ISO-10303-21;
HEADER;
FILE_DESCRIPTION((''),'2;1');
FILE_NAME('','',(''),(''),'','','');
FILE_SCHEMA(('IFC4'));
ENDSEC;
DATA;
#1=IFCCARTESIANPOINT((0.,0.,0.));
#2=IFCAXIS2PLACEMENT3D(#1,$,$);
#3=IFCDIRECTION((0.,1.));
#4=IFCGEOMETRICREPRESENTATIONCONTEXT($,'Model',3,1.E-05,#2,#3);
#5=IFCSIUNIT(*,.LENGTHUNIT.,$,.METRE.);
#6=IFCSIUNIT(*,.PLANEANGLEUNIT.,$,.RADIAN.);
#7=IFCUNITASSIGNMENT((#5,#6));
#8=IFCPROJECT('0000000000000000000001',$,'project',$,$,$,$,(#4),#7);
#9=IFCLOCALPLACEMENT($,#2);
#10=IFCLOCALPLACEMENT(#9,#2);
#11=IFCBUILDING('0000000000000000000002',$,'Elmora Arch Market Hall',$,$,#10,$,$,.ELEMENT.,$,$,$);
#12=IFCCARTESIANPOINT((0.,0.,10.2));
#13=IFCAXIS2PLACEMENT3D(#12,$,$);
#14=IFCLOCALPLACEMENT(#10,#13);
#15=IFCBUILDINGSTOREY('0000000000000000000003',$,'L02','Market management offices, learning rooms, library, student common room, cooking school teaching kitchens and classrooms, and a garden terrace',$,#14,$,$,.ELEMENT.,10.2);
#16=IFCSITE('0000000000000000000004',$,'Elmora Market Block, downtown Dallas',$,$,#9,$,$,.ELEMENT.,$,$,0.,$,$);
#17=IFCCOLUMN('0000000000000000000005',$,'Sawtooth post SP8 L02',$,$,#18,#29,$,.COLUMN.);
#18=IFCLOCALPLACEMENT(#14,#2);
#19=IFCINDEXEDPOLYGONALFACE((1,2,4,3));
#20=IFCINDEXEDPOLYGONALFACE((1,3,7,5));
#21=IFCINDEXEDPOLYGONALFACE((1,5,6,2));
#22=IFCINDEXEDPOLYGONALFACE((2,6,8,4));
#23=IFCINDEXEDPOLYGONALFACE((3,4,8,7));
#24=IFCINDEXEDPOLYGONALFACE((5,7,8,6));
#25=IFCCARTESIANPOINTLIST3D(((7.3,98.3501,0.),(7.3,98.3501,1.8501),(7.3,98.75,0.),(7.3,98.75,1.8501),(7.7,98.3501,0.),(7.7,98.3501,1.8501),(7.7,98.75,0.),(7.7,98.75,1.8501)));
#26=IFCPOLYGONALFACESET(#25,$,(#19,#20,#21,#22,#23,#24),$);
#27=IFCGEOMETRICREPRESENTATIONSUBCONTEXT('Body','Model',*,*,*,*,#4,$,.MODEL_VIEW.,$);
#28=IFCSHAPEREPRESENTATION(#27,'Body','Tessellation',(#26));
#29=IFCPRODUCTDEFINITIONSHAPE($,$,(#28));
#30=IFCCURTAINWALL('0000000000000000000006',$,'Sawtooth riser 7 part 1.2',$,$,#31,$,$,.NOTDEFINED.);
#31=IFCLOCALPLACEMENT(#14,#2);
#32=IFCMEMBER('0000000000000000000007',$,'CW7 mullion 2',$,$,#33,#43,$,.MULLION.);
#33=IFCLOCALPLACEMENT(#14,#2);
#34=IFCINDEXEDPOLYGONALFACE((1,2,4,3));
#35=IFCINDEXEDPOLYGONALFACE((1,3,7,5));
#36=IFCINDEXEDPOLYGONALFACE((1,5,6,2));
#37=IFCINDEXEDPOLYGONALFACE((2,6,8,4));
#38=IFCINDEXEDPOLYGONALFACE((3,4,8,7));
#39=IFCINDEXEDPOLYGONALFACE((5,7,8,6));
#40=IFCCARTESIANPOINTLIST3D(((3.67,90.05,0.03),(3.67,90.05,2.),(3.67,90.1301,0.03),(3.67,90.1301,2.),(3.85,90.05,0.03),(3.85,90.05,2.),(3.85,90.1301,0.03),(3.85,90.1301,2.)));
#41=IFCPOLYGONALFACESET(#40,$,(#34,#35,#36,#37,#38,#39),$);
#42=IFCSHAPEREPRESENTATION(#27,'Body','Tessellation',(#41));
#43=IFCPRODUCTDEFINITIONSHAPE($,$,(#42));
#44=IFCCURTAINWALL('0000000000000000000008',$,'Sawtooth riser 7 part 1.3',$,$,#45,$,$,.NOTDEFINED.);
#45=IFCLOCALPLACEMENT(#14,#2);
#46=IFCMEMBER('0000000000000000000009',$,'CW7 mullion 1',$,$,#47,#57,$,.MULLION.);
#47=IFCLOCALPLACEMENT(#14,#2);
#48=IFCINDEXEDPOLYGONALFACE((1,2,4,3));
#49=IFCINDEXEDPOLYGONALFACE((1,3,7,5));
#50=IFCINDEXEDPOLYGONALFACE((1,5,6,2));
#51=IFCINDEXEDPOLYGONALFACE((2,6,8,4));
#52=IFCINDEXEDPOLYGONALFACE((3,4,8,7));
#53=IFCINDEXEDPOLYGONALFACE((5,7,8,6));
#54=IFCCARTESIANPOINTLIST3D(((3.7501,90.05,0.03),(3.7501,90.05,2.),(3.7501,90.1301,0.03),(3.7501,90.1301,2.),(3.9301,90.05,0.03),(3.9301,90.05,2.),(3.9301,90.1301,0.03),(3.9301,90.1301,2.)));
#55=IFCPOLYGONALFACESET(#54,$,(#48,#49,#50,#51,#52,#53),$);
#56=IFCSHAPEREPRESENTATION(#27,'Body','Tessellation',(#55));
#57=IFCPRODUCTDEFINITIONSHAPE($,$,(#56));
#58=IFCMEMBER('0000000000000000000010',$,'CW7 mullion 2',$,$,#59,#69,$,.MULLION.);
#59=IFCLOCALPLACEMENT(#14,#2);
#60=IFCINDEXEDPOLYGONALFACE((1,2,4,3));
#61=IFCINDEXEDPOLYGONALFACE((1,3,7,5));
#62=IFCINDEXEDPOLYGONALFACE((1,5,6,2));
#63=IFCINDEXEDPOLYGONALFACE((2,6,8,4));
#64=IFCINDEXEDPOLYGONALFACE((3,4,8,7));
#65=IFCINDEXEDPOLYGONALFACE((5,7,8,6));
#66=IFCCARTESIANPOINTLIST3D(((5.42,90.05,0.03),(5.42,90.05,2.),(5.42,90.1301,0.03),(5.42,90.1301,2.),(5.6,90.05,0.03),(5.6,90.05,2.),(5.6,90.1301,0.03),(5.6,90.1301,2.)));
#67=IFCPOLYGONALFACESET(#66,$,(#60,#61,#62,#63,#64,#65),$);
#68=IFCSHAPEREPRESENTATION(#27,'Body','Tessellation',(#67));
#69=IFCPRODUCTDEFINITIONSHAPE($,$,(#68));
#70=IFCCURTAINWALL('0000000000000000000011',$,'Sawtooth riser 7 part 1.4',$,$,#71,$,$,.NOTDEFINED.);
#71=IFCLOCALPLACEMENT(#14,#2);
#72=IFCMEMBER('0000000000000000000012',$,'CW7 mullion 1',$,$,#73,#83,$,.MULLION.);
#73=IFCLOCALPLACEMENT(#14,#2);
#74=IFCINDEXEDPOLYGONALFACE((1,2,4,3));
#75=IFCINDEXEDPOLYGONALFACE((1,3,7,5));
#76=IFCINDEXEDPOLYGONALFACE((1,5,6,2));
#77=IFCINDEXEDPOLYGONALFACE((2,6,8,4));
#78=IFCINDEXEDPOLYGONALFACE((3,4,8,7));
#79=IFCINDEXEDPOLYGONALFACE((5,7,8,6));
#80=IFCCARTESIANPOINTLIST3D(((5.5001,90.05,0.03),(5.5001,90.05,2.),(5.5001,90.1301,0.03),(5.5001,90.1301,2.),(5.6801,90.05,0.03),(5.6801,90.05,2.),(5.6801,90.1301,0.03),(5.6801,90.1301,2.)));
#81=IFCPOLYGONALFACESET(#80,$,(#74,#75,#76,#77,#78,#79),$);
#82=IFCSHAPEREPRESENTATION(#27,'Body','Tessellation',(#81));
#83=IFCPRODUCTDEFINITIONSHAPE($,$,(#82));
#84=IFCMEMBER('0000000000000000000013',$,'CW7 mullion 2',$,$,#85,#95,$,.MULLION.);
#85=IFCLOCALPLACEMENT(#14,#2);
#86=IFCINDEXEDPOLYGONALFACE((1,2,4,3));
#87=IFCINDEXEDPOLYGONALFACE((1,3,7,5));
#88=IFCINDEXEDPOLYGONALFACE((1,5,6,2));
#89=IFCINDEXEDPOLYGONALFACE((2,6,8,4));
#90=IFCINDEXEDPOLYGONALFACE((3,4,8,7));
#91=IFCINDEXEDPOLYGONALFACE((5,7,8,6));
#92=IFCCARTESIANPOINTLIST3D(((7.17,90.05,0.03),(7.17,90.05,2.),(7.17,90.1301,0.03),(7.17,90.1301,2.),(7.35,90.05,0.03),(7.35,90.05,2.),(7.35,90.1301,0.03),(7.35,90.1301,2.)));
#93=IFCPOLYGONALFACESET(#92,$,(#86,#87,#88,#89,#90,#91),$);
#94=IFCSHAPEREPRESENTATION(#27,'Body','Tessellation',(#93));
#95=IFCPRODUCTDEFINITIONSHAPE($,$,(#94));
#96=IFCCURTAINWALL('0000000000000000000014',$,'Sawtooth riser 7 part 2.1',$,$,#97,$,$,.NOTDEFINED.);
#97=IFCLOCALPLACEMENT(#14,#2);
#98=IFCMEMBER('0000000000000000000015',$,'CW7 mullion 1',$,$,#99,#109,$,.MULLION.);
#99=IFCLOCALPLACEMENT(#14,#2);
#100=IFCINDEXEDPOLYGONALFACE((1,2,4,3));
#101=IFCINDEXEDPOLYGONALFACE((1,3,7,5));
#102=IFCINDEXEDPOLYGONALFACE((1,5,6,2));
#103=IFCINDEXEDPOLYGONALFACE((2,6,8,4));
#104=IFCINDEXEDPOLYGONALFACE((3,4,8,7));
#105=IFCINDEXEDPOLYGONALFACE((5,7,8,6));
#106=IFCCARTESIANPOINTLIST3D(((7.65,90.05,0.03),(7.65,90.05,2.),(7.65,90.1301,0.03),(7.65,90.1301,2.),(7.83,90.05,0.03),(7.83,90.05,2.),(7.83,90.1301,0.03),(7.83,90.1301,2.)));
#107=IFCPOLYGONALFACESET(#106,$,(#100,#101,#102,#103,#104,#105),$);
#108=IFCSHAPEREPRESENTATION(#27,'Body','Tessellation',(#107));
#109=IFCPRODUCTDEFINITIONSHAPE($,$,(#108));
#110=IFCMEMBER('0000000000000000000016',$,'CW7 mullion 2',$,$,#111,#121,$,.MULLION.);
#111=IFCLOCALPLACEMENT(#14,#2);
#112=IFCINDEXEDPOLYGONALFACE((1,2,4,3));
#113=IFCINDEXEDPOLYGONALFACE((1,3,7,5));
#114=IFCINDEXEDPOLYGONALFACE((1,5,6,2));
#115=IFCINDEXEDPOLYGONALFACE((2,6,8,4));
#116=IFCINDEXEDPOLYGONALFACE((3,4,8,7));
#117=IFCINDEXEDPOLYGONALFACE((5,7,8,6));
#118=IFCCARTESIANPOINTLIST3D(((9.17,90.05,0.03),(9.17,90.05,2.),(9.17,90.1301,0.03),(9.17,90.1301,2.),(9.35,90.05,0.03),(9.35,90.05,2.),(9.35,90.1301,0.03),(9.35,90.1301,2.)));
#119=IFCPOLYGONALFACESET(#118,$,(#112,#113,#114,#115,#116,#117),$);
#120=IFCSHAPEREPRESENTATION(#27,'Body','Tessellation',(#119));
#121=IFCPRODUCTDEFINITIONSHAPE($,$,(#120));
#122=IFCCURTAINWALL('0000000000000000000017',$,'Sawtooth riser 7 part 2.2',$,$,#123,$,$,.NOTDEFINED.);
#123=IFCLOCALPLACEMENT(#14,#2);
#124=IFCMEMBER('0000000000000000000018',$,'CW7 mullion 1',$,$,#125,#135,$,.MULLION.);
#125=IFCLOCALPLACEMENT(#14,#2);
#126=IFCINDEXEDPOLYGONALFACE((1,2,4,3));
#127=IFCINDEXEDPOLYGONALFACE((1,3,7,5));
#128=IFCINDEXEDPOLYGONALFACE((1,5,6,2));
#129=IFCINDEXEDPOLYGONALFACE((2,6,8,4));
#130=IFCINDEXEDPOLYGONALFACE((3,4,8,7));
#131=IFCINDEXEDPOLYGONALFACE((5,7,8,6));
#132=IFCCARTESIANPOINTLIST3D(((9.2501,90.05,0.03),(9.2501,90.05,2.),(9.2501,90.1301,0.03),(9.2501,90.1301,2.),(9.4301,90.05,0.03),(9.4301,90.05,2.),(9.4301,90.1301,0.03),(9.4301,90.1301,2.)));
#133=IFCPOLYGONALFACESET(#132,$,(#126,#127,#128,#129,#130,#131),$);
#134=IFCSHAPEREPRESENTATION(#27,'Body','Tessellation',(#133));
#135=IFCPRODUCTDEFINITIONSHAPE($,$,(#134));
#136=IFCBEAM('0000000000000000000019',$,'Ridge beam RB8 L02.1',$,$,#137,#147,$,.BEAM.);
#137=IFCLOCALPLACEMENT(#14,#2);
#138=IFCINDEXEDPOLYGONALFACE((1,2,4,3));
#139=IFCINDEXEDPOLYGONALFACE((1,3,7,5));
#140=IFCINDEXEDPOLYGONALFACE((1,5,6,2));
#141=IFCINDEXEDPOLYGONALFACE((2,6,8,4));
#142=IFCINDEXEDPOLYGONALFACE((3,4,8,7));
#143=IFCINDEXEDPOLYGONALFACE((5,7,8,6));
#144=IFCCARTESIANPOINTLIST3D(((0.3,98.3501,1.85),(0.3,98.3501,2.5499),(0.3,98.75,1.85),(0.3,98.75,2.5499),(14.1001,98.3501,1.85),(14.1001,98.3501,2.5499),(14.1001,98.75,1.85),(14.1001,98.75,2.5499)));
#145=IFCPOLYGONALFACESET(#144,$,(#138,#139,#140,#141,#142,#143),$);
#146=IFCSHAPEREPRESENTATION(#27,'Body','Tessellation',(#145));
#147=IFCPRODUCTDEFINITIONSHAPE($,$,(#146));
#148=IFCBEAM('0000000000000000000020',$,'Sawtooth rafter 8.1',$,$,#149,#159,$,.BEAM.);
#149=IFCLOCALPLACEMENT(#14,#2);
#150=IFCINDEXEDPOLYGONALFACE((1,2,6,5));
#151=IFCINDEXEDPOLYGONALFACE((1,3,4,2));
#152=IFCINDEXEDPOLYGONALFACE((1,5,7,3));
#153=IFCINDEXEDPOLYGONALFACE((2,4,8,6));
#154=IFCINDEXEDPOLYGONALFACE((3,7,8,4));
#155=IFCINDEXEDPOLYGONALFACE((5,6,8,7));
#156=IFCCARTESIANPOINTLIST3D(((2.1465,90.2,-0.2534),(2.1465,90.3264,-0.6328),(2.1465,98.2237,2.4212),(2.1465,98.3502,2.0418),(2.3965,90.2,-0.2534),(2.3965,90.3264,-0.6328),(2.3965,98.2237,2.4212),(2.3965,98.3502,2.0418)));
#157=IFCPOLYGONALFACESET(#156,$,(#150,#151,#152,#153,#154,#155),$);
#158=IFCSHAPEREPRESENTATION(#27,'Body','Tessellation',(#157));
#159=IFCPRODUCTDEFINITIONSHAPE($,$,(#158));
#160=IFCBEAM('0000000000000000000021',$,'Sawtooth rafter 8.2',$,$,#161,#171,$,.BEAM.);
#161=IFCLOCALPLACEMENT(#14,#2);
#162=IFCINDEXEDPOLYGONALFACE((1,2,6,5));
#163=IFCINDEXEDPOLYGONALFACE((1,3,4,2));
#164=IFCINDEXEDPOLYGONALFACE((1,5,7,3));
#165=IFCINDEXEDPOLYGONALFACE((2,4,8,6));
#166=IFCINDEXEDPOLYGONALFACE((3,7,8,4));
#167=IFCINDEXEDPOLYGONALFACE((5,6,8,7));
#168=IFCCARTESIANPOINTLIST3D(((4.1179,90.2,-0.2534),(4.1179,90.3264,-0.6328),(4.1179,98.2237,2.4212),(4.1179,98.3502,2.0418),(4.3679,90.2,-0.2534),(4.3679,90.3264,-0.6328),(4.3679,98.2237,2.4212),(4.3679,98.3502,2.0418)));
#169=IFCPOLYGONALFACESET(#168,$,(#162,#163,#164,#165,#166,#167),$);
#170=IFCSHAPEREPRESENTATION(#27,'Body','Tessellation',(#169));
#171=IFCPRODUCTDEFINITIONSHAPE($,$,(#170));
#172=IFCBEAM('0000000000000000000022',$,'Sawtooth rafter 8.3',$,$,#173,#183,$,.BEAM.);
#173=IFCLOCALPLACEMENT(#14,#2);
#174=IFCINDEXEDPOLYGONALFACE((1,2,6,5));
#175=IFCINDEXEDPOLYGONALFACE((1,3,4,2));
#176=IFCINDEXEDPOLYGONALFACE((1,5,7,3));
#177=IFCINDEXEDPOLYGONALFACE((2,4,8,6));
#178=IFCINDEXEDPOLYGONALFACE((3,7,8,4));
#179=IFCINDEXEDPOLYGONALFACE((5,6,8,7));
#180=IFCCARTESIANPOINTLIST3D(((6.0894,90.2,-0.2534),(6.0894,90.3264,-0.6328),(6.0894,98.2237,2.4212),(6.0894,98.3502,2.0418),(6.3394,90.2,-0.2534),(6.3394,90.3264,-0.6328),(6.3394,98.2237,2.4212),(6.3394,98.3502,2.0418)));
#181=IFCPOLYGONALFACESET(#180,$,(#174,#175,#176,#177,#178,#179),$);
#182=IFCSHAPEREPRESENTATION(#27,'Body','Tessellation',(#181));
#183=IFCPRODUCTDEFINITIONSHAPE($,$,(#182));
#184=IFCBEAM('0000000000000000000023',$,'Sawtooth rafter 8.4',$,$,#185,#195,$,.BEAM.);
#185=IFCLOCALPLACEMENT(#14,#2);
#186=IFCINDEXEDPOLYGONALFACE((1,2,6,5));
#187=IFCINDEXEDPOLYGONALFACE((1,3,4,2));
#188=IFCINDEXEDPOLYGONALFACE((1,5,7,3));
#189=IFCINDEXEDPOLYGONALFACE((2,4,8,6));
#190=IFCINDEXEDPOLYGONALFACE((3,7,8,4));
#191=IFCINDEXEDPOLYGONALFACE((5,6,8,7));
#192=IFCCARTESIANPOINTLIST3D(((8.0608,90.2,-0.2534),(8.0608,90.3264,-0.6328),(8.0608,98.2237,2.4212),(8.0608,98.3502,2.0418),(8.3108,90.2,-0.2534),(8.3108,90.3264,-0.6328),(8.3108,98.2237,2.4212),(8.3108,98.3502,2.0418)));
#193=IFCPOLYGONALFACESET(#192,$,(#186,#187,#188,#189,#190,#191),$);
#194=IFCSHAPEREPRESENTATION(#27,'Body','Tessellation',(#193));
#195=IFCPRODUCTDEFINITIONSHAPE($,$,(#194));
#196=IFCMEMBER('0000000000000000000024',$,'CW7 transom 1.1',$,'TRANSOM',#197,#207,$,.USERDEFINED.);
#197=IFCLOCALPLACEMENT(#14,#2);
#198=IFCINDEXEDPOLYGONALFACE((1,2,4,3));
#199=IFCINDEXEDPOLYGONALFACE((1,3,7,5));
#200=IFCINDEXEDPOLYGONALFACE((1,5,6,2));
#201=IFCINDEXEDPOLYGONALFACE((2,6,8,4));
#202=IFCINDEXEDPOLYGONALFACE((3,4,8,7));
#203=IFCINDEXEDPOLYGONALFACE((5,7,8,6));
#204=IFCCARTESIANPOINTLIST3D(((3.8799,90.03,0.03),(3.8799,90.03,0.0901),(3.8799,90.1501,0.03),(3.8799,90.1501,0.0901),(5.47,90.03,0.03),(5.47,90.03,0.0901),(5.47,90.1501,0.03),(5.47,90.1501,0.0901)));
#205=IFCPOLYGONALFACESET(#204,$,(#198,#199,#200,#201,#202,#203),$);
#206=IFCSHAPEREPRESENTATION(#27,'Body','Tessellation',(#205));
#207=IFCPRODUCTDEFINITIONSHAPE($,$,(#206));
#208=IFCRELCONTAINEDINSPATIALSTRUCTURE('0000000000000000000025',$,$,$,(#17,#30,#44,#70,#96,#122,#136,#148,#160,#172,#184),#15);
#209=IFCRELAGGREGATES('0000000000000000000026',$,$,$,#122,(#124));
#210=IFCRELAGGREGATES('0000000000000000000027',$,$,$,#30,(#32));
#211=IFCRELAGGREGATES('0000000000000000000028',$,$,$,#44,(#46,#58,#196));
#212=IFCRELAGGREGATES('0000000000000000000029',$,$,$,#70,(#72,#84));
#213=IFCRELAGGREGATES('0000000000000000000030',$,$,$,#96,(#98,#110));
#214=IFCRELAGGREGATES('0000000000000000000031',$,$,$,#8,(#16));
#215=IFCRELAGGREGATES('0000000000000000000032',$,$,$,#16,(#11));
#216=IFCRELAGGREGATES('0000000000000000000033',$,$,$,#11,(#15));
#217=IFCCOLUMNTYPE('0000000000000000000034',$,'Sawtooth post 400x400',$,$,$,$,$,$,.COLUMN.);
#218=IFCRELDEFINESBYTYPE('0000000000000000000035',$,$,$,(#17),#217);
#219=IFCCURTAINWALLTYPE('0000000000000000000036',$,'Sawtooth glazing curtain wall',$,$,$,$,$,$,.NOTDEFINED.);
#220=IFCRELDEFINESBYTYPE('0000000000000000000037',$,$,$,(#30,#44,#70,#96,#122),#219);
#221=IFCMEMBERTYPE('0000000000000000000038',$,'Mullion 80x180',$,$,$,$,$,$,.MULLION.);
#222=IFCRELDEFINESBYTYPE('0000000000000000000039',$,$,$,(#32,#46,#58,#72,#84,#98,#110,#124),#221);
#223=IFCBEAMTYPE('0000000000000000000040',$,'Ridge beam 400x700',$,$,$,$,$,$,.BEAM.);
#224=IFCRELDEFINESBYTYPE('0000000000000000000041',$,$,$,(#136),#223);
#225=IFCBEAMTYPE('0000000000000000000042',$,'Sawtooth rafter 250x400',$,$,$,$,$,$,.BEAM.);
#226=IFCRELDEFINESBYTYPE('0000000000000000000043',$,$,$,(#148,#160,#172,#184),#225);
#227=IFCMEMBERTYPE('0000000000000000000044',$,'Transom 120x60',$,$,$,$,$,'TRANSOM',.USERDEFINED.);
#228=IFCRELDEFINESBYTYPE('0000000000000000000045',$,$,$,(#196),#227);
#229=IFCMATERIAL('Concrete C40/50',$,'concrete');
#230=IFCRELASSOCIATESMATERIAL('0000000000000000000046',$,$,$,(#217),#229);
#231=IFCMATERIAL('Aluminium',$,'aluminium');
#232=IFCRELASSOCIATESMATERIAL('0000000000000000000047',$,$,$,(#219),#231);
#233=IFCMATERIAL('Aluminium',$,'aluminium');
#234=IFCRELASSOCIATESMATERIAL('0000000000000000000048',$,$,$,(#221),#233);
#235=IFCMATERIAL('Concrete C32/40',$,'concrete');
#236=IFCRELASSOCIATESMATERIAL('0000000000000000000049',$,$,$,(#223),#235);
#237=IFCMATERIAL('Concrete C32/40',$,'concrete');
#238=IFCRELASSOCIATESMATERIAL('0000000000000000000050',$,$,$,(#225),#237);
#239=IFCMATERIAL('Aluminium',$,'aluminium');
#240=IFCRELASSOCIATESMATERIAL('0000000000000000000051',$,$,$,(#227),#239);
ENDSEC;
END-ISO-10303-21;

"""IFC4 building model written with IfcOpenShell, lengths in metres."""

from ifc_helpers import new_model, si_unit, direction, frame, origin, origin_2d, place, context, subcontext, project, spatial, rectangle, extrude, material, material_profile, profile_set, type_object, element, aggregate, save


model = new_model("IFC4")

# Units and contexts
model_context = context("Model", 3, precision=1e-05, world=origin(), true_north=direction((0.0, 1.0)))
body_context = subcontext(model_context, "Body", "Model", "MODEL_VIEW")
ifc_project = project(units=[si_unit("LENGTHUNIT", "METRE"), si_unit("PLANEANGLEUNIT", "RADIAN")], contexts=[model_context])

# Site, building, storey
site_placement = place(None, origin())
site = spatial("IfcSite", under=ifc_project, at=site_placement, Name="Elmora Market Block, downtown Dallas", CompositionType="ELEMENT", RefElevation=0.0)
building_placement = place(site_placement, origin())
building = spatial("IfcBuilding", under=site, at=building_placement, Name="Elmora Arch Market Hall", CompositionType="ELEMENT")
storey_placement = place(building_placement, frame((0.0, 0.0, 10.2)))
storey = spatial("IfcBuildingStorey", under=building, at=storey_placement, Name="L02", Description="Market management offices, learning rooms, library, student common room, cooking school teaching kitchens and classrooms, and a garden terrace", CompositionType="ELEMENT", Elevation=10.2)

# Column
ifc_material_1 = material(Name="Concrete C40/50", Category="concrete")
ifc_material_profile_1 = material_profile(ifc_material_1, rectangle(XDim=0.3999, YDim=0.3999, at=origin_2d()), Name="Sawtooth post 400x400")
ifc_profile_set_1 = profile_set([ifc_material_profile_1], Name="Concrete C40/50")
column_type = type_object("IfcColumnType", Name="Sawtooth post 400x400", PredefinedType="COLUMN", material=ifc_profile_set_1)
column_placement = place(storey_placement, frame((7.5, 98.55, 0.0), z_axis=(0.0, 0.0, 1.0), x_axis=(1.0, 0.0, 0.0)))
element("IfcColumn", 1, at=column_placement, inside=storey, type_object=column_type, Name="Sawtooth post SP8 L02", PredefinedType="COLUMN", context=body_context, shape_type="SweptSolid", body=[
    extrude(rectangle(XDim=0.3999, YDim=0.3999, at=origin_2d()), origin(), (0.0, 0.0, 1.0), 1.8501),
])

# Curtain wall, member
ifc_material_2 = material(Name="Aluminium", Category="aluminium")
curtain_wall_type = type_object("IfcCurtainWallType", Name="Sawtooth glazing curtain wall", PredefinedType="NOTDEFINED", material=ifc_material_2)
curtain_wall_1_placement = place(storey_placement, origin())
curtain_wall_1 = element("IfcCurtainWall", 2, at=curtain_wall_1_placement, inside=storey, type_object=curtain_wall_type, Name="Sawtooth riser 7 part 1.2", PredefinedType="NOTDEFINED")
ifc_material_3 = material(Name="Aluminium", Category="aluminium")
ifc_material_profile_2 = material_profile(ifc_material_3, rectangle(XDim=0.0801, YDim=0.1799, at=origin_2d()), Name="AL 80x180")
ifc_profile_set_2 = profile_set([ifc_material_profile_2], Name="Aluminium")
member_type_1 = type_object("IfcMemberType", Name="Mullion 80x180", PredefinedType="MULLION", material=ifc_profile_set_2)
member_1_placement = place(storey_placement, frame((3.76, 90.0901, 0.03), z_axis=(0.0, 0.0, 1.0), x_axis=(0.0, 1.0, 0.0)))
member_1 = element("IfcMember", 3, at=member_1_placement, type_object=member_type_1, Name="CW7 mullion 2", PredefinedType="MULLION", context=body_context, shape_type="SweptSolid", body=[
    extrude(rectangle(XDim=0.0801, YDim=0.1799, at=origin_2d()), origin(), (0.0, 0.0, 1.0), 1.97),
])

# Curtain walls, members
curtain_wall_2_placement = place(storey_placement, origin())
curtain_wall_2 = element("IfcCurtainWall", 4, at=curtain_wall_2_placement, inside=storey, type_object=curtain_wall_type, Name="Sawtooth riser 7 part 1.3", PredefinedType="NOTDEFINED")
member_2_placement = place(storey_placement, frame((3.8401, 90.0901, 0.03), z_axis=(0.0, 0.0, 1.0), x_axis=(0.0, 1.0, 0.0)))
member_2 = element("IfcMember", 5, at=member_2_placement, type_object=member_type_1, Name="CW7 mullion 1", PredefinedType="MULLION", context=body_context, shape_type="SweptSolid", body=[
    extrude(rectangle(XDim=0.0801, YDim=0.1799, at=origin_2d()), origin(), (0.0, 0.0, 1.0), 1.97),
])
member_3_placement = place(storey_placement, frame((5.51, 90.0901, 0.03), z_axis=(0.0, 0.0, 1.0), x_axis=(0.0, 1.0, 0.0)))
member_3 = element("IfcMember", 6, at=member_3_placement, type_object=member_type_1, Name="CW7 mullion 2", PredefinedType="MULLION", context=body_context, shape_type="SweptSolid", body=[
    extrude(rectangle(XDim=0.0801, YDim=0.1799, at=origin_2d()), origin(), (0.0, 0.0, 1.0), 1.97),
])
curtain_wall_3_placement = place(storey_placement, origin())
curtain_wall_3 = element("IfcCurtainWall", 7, at=curtain_wall_3_placement, inside=storey, type_object=curtain_wall_type, Name="Sawtooth riser 7 part 1.4", PredefinedType="NOTDEFINED")
member_4_placement = place(storey_placement, frame((5.5901, 90.0901, 0.03), z_axis=(0.0, 0.0, 1.0), x_axis=(0.0, 1.0, 0.0)))
member_4 = element("IfcMember", 8, at=member_4_placement, type_object=member_type_1, Name="CW7 mullion 1", PredefinedType="MULLION", context=body_context, shape_type="SweptSolid", body=[
    extrude(rectangle(XDim=0.0801, YDim=0.1799, at=origin_2d()), origin(), (0.0, 0.0, 1.0), 1.97),
])
member_5_placement = place(storey_placement, frame((7.26, 90.0901, 0.03), z_axis=(0.0, 0.0, 1.0), x_axis=(0.0, 1.0, 0.0)))
member_5 = element("IfcMember", 9, at=member_5_placement, type_object=member_type_1, Name="CW7 mullion 2", PredefinedType="MULLION", context=body_context, shape_type="SweptSolid", body=[
    extrude(rectangle(XDim=0.0801, YDim=0.1799, at=origin_2d()), origin(), (0.0, 0.0, 1.0), 1.97),
])
curtain_wall_4_placement = place(storey_placement, origin())
curtain_wall_4 = element("IfcCurtainWall", 10, at=curtain_wall_4_placement, inside=storey, type_object=curtain_wall_type, Name="Sawtooth riser 7 part 2.1", PredefinedType="NOTDEFINED")
member_6_placement = place(storey_placement, frame((7.74, 90.0901, 0.03), z_axis=(0.0, 0.0, 1.0), x_axis=(0.0, 1.0, 0.0)))
member_6 = element("IfcMember", 11, at=member_6_placement, type_object=member_type_1, Name="CW7 mullion 1", PredefinedType="MULLION", context=body_context, shape_type="SweptSolid", body=[
    extrude(rectangle(XDim=0.0801, YDim=0.1799, at=origin_2d()), origin(), (0.0, 0.0, 1.0), 1.97),
])
member_7_placement = place(storey_placement, frame((9.26, 90.0901, 0.03), z_axis=(0.0, 0.0, 1.0), x_axis=(0.0, 1.0, 0.0)))
member_7 = element("IfcMember", 12, at=member_7_placement, type_object=member_type_1, Name="CW7 mullion 2", PredefinedType="MULLION", context=body_context, shape_type="SweptSolid", body=[
    extrude(rectangle(XDim=0.0801, YDim=0.1799, at=origin_2d()), origin(), (0.0, 0.0, 1.0), 1.97),
])

# Curtain wall, member
curtain_wall_5_placement = place(storey_placement, origin())
curtain_wall_5 = element("IfcCurtainWall", 13, at=curtain_wall_5_placement, inside=storey, type_object=curtain_wall_type, Name="Sawtooth riser 7 part 2.2", PredefinedType="NOTDEFINED")
member_8_placement = place(storey_placement, frame((9.3401, 90.0901, 0.03), z_axis=(0.0, 0.0, 1.0), x_axis=(0.0, 1.0, 0.0)))
member_8 = element("IfcMember", 14, at=member_8_placement, type_object=member_type_1, Name="CW7 mullion 1", PredefinedType="MULLION", context=body_context, shape_type="SweptSolid", body=[
    extrude(rectangle(XDim=0.0801, YDim=0.1799, at=origin_2d()), origin(), (0.0, 0.0, 1.0), 1.97),
])
aggregate(curtain_wall_5, [member_8])

# Beams
ifc_material_4 = material(Name="Concrete C32/40", Category="concrete")
ifc_material_profile_3 = material_profile(ifc_material_4, rectangle(XDim=0.3999, YDim=0.7, at=origin_2d()), Name="Ridge beam 400x700")
ifc_profile_set_3 = profile_set([ifc_material_profile_3], Name="Concrete C32/40")
beam_type_1 = type_object("IfcBeamType", Name="Ridge beam 400x700", PredefinedType="BEAM", material=ifc_profile_set_3)
beam_placement = place(storey_placement, frame((0.3, 98.55, 2.2), z_axis=(1.0, 0.0, 0.0), x_axis=(0.0, 1.0, 0.0)))
element("IfcBeam", 15, at=beam_placement, inside=storey, type_object=beam_type_1, Name="Ridge beam RB8 L02.1", PredefinedType="BEAM", context=body_context, shape_type="SweptSolid", body=[
    extrude(rectangle(XDim=0.3999, YDim=0.7, at=origin_2d()), origin(), (0.0, 0.0, 1.0), 13.8),
])
ifc_material_5 = material(Name="Concrete C32/40", Category="concrete")
ifc_material_profile_4 = material_profile(ifc_material_5, rectangle(XDim=0.25, YDim=0.3999, at=origin_2d()), Name="Sawtooth rafter 250x400")
ifc_profile_set_4 = profile_set([ifc_material_profile_4], Name="Concrete C32/40")
beam_type_2 = type_object("IfcBeamType", Name="Sawtooth rafter 250x400", PredefinedType="BEAM", material=ifc_profile_set_4)
for number, where, z_axis, x_axis, name in (
    (16, (2.2715, 90.2632, -0.4431), (0.0, 0.948683, 0.316228), (-1.0, 0.0, 0.0), "Sawtooth rafter 8.1"),
    (17, (4.2429, 90.2632, -0.4431), (0.0, 0.948683, 0.316228), (-1.0, 0.0, 0.0), "Sawtooth rafter 8.2"),
    (18, (6.2144, 90.2632, -0.4431), (0.0, 0.948683, 0.316228), (-1.0, 0.0, 0.0), "Sawtooth rafter 8.3"),
    (19, (8.1858, 90.2632, -0.4431), (0.0, 0.948683, 0.316228), (-1.0, 0.0, 0.0), "Sawtooth rafter 8.4"),
):
    element("IfcBeam", number, at=place(storey_placement, frame(where, z_axis=z_axis, x_axis=x_axis)), inside=storey, type_object=beam_type_2, Name=name, PredefinedType="BEAM", context=body_context, shape_type="SweptSolid", body=[
        extrude(rectangle(XDim=0.25, YDim=0.3999, at=origin_2d()), origin(), (0.0, 0.0, 1.0), 8.4578),
    ])

# Member
ifc_material_6 = material(Name="Aluminium", Category="aluminium")
ifc_material_profile_5 = material_profile(ifc_material_6, rectangle(XDim=0.1201, YDim=0.0601, at=origin_2d()), Name="AL 120x60")
ifc_profile_set_5 = profile_set([ifc_material_profile_5], Name="Aluminium")
member_type_2 = type_object("IfcMemberType", Name="Transom 120x60", ElementType="TRANSOM", PredefinedType="USERDEFINED", material=ifc_profile_set_5)
member_9_placement = place(storey_placement, frame((3.8799, 90.0901, 0.0601), z_axis=(1.0, 0.0, 0.0), x_axis=(0.0, 1.0, 0.0)))
member_9 = element("IfcMember", 20, at=member_9_placement, type_object=member_type_2, Name="CW7 transom 1.1", ObjectType="TRANSOM", PredefinedType="USERDEFINED", context=body_context, shape_type="SweptSolid", body=[
    extrude(rectangle(XDim=0.1201, YDim=0.0601, at=origin_2d()), origin(), (0.0, 0.0, 1.0), 1.5901),
])

aggregate(curtain_wall_1, [member_1])
aggregate(curtain_wall_2, [member_2, member_3, member_9])
aggregate(curtain_wall_3, [member_4, member_5])
aggregate(curtain_wall_4, [member_6, member_7])

save(model, "model.ifc")
